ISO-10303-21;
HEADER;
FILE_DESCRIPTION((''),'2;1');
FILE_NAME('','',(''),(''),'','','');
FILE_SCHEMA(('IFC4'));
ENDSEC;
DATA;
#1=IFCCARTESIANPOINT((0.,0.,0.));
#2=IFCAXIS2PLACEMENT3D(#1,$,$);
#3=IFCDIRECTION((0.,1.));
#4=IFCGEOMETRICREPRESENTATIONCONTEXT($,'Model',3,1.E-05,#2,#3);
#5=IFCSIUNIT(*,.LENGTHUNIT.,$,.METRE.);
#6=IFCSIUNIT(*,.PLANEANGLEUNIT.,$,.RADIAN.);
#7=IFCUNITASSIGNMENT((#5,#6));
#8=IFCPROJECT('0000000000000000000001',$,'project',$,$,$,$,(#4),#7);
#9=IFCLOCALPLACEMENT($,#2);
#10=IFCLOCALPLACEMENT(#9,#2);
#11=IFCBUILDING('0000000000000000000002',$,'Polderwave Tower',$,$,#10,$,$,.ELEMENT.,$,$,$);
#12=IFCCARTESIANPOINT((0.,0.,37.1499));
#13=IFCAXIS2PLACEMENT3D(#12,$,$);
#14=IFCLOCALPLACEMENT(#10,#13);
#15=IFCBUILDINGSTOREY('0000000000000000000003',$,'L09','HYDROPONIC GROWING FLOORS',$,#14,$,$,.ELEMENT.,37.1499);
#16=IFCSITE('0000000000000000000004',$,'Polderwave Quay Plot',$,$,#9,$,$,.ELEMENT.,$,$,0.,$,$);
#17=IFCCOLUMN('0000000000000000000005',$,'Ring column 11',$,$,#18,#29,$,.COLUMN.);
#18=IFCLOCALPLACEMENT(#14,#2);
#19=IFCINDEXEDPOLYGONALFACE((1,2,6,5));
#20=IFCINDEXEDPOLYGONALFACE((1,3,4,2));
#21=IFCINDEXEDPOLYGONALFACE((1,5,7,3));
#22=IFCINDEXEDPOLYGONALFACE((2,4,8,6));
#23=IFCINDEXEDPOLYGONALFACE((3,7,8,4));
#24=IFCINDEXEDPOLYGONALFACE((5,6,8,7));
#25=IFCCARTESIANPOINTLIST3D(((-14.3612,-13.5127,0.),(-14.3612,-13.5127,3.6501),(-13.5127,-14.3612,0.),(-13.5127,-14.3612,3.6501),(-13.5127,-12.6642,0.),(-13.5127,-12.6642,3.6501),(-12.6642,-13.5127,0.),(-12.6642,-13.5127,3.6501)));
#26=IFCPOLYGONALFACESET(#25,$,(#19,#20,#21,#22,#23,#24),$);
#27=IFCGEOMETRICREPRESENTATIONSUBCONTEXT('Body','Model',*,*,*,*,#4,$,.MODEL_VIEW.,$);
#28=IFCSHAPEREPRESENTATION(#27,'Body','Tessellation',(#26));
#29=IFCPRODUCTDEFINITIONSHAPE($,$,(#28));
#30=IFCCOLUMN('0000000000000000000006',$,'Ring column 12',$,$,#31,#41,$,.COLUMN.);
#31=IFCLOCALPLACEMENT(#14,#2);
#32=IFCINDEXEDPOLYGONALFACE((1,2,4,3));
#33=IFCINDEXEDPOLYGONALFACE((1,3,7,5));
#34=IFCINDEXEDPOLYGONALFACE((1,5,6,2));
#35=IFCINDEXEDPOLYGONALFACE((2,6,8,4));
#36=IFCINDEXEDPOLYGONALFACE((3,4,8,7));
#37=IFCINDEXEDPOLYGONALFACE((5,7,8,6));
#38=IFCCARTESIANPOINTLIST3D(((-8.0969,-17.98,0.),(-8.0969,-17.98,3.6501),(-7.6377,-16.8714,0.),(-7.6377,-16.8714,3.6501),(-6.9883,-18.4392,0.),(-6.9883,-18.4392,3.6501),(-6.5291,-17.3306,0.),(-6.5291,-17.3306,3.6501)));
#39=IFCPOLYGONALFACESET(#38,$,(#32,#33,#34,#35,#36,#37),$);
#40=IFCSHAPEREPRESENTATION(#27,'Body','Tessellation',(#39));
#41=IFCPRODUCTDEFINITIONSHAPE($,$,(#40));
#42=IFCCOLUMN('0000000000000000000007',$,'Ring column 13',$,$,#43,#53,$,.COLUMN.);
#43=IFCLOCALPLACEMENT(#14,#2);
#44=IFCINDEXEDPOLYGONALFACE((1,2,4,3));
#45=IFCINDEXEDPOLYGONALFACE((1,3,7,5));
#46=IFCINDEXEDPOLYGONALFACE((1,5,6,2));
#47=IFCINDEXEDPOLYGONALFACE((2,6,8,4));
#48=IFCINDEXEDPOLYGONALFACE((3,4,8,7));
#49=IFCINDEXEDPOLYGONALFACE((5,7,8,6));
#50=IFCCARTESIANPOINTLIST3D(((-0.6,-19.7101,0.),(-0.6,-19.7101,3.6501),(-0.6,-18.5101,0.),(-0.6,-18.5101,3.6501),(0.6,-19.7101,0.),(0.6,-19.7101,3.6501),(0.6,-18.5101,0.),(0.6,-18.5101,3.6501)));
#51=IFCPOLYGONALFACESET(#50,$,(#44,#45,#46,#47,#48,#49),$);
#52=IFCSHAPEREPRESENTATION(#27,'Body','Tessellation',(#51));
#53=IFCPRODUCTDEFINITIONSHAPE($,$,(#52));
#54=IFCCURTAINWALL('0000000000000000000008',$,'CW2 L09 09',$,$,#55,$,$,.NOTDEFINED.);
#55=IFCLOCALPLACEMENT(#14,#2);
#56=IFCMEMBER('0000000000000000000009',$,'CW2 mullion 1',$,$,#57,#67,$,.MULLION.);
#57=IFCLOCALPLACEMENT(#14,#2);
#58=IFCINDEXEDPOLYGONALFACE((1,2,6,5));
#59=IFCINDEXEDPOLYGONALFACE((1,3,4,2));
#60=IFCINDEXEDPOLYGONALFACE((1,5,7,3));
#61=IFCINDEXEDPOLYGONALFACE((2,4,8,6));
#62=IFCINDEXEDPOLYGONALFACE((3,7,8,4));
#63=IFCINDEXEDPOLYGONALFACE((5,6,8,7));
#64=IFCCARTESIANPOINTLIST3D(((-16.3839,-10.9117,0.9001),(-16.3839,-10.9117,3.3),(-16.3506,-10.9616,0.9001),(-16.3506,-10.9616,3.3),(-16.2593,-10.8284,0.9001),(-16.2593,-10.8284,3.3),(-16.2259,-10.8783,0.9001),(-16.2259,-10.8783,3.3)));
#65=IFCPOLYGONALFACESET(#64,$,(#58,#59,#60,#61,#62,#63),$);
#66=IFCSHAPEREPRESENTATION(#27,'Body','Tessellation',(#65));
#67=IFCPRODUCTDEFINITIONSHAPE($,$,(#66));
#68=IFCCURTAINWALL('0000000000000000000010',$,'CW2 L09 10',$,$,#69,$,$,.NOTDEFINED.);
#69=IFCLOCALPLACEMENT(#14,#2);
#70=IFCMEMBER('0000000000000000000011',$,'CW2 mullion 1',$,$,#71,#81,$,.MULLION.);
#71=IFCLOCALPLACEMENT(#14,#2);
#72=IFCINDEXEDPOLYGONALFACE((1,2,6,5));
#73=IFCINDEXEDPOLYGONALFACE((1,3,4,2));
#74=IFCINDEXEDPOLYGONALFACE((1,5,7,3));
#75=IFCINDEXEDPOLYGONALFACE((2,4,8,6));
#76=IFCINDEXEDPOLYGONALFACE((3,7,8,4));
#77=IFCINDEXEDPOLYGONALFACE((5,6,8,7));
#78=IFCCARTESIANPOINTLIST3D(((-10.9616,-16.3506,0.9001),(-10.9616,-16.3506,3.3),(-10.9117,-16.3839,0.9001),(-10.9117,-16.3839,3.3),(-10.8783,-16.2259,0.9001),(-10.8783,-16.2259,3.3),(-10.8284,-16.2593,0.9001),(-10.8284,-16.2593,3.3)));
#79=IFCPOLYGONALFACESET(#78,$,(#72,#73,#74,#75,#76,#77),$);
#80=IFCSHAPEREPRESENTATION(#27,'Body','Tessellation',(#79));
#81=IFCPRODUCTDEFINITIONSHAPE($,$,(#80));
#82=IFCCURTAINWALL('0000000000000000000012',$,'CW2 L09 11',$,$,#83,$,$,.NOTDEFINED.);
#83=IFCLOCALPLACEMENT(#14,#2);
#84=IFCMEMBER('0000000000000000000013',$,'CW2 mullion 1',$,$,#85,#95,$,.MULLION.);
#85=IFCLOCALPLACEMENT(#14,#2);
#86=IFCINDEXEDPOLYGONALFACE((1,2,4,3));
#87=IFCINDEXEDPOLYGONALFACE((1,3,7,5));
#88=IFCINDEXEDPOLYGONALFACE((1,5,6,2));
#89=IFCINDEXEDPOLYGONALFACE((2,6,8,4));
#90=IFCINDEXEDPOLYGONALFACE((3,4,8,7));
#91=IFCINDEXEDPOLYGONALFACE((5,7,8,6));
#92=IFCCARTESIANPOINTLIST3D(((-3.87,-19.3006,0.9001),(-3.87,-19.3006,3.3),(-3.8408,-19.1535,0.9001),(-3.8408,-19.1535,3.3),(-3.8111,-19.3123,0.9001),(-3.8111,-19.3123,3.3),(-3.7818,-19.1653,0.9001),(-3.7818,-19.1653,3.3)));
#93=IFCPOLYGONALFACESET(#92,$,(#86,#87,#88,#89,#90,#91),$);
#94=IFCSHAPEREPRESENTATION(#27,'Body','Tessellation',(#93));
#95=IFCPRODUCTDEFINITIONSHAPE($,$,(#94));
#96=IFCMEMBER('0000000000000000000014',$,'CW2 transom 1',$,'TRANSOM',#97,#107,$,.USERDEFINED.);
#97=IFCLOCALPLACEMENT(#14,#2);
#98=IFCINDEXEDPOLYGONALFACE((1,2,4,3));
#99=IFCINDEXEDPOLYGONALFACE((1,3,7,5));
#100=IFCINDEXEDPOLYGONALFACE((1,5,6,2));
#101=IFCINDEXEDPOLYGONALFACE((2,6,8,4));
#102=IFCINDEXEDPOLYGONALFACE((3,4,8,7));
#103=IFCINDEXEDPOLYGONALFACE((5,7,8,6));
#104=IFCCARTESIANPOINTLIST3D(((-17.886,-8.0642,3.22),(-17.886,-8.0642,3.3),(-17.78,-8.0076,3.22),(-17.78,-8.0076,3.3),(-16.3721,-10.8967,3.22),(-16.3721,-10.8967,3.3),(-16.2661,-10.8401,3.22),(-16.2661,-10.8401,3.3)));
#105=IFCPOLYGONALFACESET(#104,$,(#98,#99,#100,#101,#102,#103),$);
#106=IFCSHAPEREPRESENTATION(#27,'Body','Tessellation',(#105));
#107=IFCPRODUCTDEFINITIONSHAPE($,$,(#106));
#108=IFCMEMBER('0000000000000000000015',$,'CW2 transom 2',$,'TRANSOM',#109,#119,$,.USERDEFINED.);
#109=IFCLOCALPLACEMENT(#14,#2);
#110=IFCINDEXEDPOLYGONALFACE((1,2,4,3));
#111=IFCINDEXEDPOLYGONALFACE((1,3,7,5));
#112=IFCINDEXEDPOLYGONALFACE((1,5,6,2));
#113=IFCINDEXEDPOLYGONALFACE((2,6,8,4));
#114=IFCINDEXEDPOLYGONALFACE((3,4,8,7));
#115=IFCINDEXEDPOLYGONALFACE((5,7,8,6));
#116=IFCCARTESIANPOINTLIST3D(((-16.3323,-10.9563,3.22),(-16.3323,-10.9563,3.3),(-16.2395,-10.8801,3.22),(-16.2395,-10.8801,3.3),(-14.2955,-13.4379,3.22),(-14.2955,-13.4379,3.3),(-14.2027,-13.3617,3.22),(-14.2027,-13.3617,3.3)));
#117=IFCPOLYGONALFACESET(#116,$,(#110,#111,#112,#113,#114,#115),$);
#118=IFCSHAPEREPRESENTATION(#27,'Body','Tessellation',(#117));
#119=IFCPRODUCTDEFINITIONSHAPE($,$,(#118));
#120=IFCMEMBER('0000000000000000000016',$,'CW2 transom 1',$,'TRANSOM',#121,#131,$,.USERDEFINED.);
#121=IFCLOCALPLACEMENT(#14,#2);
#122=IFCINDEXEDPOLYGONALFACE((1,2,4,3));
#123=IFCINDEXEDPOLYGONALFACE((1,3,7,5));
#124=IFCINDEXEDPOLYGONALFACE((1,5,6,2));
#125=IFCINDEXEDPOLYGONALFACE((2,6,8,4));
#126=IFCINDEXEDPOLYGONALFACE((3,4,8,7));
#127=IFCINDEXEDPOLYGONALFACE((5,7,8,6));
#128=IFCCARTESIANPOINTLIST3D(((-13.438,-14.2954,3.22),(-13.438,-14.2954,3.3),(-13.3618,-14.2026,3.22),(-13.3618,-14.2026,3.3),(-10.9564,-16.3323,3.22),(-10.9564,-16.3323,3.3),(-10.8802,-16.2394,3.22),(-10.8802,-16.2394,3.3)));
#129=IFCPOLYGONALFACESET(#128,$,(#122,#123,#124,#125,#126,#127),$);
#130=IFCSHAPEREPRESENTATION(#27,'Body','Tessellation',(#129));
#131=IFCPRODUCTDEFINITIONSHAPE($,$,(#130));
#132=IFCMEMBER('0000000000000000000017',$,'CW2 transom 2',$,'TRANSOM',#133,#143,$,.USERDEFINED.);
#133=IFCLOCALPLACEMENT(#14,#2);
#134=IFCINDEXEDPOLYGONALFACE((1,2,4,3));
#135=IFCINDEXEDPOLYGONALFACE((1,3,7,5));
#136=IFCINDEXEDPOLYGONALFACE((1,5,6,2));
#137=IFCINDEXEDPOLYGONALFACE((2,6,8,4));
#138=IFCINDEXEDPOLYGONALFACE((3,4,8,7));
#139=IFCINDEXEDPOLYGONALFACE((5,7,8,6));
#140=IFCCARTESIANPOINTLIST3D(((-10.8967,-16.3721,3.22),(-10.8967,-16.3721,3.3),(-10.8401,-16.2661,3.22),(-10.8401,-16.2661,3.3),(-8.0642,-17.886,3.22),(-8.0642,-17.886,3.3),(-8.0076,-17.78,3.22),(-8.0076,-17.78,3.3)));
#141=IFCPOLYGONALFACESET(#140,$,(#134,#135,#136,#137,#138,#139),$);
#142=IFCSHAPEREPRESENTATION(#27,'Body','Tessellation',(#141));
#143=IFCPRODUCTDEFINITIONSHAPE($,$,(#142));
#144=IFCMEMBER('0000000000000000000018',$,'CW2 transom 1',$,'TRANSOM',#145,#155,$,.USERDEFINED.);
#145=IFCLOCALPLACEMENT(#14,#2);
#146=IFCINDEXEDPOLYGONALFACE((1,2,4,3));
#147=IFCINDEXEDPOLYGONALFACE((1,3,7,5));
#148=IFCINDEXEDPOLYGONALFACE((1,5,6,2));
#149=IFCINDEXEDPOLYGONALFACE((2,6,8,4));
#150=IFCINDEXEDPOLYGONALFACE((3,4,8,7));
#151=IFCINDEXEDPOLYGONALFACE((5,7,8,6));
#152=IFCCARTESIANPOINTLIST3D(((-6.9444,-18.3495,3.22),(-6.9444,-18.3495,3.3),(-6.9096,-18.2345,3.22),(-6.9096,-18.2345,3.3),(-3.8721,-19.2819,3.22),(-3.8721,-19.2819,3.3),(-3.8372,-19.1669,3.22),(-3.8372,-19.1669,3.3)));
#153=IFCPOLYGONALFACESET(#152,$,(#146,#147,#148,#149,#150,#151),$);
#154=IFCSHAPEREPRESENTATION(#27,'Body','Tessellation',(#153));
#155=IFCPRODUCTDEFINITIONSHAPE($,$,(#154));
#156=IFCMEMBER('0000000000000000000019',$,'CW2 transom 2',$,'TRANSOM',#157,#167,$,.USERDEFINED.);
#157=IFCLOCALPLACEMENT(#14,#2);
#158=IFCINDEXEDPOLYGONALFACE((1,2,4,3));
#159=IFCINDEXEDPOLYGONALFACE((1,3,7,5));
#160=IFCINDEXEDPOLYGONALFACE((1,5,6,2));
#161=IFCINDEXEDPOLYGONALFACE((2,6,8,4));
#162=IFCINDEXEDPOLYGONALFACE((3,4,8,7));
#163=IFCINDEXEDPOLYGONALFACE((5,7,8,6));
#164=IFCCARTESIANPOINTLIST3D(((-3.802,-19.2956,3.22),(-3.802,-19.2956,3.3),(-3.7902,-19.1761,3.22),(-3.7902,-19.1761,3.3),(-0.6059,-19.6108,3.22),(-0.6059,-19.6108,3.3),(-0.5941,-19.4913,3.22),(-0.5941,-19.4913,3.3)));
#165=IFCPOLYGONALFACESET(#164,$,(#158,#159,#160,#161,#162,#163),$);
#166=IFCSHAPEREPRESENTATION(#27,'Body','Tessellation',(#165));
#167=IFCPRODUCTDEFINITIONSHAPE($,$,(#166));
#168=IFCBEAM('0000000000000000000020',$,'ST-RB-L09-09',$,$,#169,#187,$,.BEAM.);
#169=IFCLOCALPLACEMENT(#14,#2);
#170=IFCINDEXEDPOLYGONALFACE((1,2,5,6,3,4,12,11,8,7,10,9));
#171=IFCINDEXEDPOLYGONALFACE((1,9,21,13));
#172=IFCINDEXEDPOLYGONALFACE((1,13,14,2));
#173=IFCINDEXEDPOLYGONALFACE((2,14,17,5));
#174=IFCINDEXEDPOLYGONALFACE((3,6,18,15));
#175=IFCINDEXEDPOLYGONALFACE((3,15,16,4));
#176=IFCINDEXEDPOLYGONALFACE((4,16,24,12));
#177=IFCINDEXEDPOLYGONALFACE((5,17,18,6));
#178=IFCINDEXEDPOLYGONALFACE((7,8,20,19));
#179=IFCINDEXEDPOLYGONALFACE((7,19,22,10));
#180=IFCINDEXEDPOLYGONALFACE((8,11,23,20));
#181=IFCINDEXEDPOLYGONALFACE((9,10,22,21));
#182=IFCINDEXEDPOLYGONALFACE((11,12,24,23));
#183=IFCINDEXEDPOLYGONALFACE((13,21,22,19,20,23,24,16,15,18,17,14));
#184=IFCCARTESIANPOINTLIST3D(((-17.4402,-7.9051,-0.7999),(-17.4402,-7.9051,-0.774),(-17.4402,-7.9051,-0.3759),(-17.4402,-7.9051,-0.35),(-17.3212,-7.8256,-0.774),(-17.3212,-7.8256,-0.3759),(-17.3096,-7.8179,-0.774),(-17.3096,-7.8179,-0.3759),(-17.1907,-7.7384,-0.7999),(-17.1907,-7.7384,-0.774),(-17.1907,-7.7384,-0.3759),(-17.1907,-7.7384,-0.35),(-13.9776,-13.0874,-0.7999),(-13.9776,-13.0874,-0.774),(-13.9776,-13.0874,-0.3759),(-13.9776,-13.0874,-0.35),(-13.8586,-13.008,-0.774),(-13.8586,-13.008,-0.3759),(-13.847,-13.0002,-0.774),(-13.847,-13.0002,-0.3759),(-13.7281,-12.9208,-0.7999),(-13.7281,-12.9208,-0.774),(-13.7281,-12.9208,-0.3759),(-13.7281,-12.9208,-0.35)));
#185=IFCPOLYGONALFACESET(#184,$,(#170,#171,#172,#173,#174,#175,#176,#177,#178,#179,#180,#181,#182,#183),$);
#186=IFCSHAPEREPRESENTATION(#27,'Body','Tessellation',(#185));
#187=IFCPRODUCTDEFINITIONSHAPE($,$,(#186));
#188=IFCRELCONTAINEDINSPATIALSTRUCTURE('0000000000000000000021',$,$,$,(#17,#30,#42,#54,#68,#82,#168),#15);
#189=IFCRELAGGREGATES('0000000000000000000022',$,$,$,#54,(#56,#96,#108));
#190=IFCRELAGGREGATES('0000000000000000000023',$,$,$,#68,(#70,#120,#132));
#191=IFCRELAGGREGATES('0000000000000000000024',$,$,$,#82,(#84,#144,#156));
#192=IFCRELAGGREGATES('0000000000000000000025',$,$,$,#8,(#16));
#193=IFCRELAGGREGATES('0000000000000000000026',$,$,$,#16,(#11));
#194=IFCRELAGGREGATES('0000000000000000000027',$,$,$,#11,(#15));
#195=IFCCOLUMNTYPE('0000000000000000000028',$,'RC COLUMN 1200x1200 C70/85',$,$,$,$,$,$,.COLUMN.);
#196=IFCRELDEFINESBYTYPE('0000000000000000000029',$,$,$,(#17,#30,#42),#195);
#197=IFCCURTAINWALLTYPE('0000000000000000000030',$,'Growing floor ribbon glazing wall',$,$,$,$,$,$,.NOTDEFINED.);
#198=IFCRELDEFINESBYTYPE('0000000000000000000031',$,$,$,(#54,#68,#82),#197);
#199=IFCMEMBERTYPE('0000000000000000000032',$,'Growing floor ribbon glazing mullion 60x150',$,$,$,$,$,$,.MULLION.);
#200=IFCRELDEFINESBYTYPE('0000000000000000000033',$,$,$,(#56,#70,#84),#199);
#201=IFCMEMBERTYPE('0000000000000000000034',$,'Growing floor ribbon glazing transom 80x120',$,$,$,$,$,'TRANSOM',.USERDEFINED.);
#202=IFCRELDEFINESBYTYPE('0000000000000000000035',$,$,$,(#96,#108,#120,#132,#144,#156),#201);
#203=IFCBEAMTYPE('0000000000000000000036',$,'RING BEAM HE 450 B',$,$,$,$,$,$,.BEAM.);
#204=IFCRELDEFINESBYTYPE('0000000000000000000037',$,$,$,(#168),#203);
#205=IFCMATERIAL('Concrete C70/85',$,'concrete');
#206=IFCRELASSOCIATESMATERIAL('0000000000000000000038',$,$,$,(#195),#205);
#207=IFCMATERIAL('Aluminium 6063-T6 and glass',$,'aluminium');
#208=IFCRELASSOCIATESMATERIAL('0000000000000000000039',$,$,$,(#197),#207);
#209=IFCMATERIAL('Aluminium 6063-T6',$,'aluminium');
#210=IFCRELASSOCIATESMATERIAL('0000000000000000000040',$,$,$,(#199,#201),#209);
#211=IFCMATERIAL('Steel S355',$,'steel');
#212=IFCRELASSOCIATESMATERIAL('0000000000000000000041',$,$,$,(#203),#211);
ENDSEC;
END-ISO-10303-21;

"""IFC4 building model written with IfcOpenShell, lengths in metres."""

from ifc_helpers import new_model, si_unit, direction, frame, origin, origin_2d, place, context, subcontext, project, spatial, rectangle, i_section, extrude, material, material_profile, profile_set, type_object, element, aggregate, save


model = new_model("IFC4")

# Units and contexts
model_context = context("Model", 3, precision=1e-05, world=origin(), true_north=direction((0.0, 1.0)))
body_context = subcontext(model_context, "Body", "Model", "MODEL_VIEW")
ifc_project = project(units=[si_unit("LENGTHUNIT", "METRE"), si_unit("PLANEANGLEUNIT", "RADIAN")], contexts=[model_context])

# Site, building, storey
site_placement = place(None, origin())
site = spatial("IfcSite", under=ifc_project, at=site_placement, Name="Polderwave Quay Plot", CompositionType="ELEMENT", RefElevation=0.0)
building_placement = place(site_placement, origin())
building = spatial("IfcBuilding", under=site, at=building_placement, Name="Polderwave Tower", CompositionType="ELEMENT")
storey_placement = place(building_placement, frame((0.0, 0.0, 37.1499)))
storey = spatial("IfcBuildingStorey", under=building, at=storey_placement, Name="L09", Description="HYDROPONIC GROWING FLOORS", CompositionType="ELEMENT", Elevation=37.1499)

# Columns
ifc_material_1 = material(Name="Concrete C70/85", Category="concrete")
ifc_material_profile_1 = material_profile(ifc_material_1, rectangle(XDim=1.2, YDim=1.2, at=origin_2d()), Name="RC 1200x1200")
ifc_profile_set_1 = profile_set([ifc_material_profile_1], Name="Concrete C70/85")
column_type = type_object("IfcColumnType", Name="RC COLUMN 1200x1200 C70/85", PredefinedType="COLUMN", material=ifc_profile_set_1)
for number, where, z_axis, x_axis, name in (
    (1, (-13.5127, -13.5127, 0.0), (0.0, 0.0, 1.0), (-0.707107, -0.707107, 0.0), "Ring column 11"),
    (2, (-7.313, -17.6553, 0.0), (0.0, 0.0, 1.0), (-0.382683, -0.92388, 0.0), "Ring column 12"),
    (3, (0.0, -19.1101, 0.0), (0.0, 0.0, 1.0), (0.0, -1.0, 0.0), "Ring column 13"),
):
    element("IfcColumn", number, at=place(storey_placement, frame(where, z_axis=z_axis, x_axis=x_axis)), inside=storey, type_object=column_type, Name=name, PredefinedType="COLUMN", context=body_context, shape_type="SweptSolid", body=[
        extrude(rectangle(XDim=1.2, YDim=1.2, at=origin_2d()), origin(), (0.0, 0.0, 1.0), 3.6501),
    ])

# Curtain walls, members
ifc_material_2 = material(Name="Aluminium 6063-T6 and glass", Category="aluminium")
curtain_wall_type = type_object("IfcCurtainWallType", Name="Growing floor ribbon glazing wall", PredefinedType="NOTDEFINED", material=ifc_material_2)
curtain_wall_1_placement = place(storey_placement, origin())
curtain_wall_1 = element("IfcCurtainWall", 4, at=curtain_wall_1_placement, inside=storey, type_object=curtain_wall_type, Name="CW2 L09 09", PredefinedType="NOTDEFINED")
ifc_material_3 = material(Name="Aluminium 6063-T6", Category="aluminium")
ifc_material_profile_2 = material_profile(ifc_material_3, rectangle(XDim=0.1499, YDim=0.0601, at=origin_2d()), Name="AL 60x150")
ifc_profile_set_2 = profile_set([ifc_material_profile_2], Name="Aluminium 6063-T6")
member_type_1 = type_object("IfcMemberType", Name="Growing floor ribbon glazing mullion 60x150", PredefinedType="MULLION", material=ifc_profile_set_2)
member_1_placement = place(storey_placement, frame((-16.3049, -10.895, 0.9001), z_axis=(0.0, 0.0, 1.0), x_axis=(0.831469, 0.555572, 0.0)))
member_1 = element("IfcMember", 5, at=member_1_placement, type_object=member_type_1, Name="CW2 mullion 1", PredefinedType="MULLION", context=body_context, shape_type="SweptSolid", body=[
    extrude(rectangle(XDim=0.1499, YDim=0.0601, at=origin_2d()), origin(), (0.0, 0.0, 1.0), 2.3999),
])
curtain_wall_2_placement = place(storey_placement, origin())
curtain_wall_2 = element("IfcCurtainWall", 6, at=curtain_wall_2_placement, inside=storey, type_object=curtain_wall_type, Name="CW2 L09 10", PredefinedType="NOTDEFINED")
member_2_placement = place(storey_placement, frame((-10.895, -16.3049, 0.9001), z_axis=(0.0, 0.0, 1.0), x_axis=(0.555572, 0.831469, 0.0)))
member_2 = element("IfcMember", 7, at=member_2_placement, type_object=member_type_1, Name="CW2 mullion 1", PredefinedType="MULLION", context=body_context, shape_type="SweptSolid", body=[
    extrude(rectangle(XDim=0.1499, YDim=0.0601, at=origin_2d()), origin(), (0.0, 0.0, 1.0), 2.3999),
])
curtain_wall_3_placement = place(storey_placement, origin())
curtain_wall_3 = element("IfcCurtainWall", 8, at=curtain_wall_3_placement, inside=storey, type_object=curtain_wall_type, Name="CW2 L09 11", PredefinedType="NOTDEFINED")
member_3_placement = place(storey_placement, frame((-3.8259, -19.2329, 0.9001), z_axis=(0.0, 0.0, 1.0), x_axis=(0.195178, 0.980768, 0.0)))
member_3 = element("IfcMember", 9, at=member_3_placement, type_object=member_type_1, Name="CW2 mullion 1", PredefinedType="MULLION", context=body_context, shape_type="SweptSolid", body=[
    extrude(rectangle(XDim=0.1499, YDim=0.0601, at=origin_2d()), origin(), (0.0, 0.0, 1.0), 2.3999),
])

# Members
ifc_material_profile_3 = material_profile(ifc_material_3, rectangle(XDim=0.1201, YDim=0.0801, at=origin_2d()), Name="AL 80x120")
ifc_profile_set_3 = profile_set([ifc_material_profile_3], Name="Aluminium 6063-T6")
member_type_2 = type_object("IfcMemberType", Name="Growing floor ribbon glazing transom 80x120", ElementType="TRANSOM", PredefinedType="USERDEFINED", material=ifc_profile_set_3)
member_4_placement = place(storey_placement, frame((-17.833, -8.0359, 3.26), z_axis=(0.471373, -0.881934, 0.0), x_axis=(0.881934, 0.471373, 0.0)))
member_4 = element("IfcMember", 10, at=member_4_placement, type_object=member_type_2, Name="CW2 transom 1", ObjectType="TRANSOM", PredefinedType="USERDEFINED", context=body_context, shape_type="SweptSolid", body=[
    extrude(rectangle(XDim=0.1201, YDim=0.0801, at=origin_2d()), origin(), (0.0, 0.0, 1.0), 3.2117),
])
member_5_placement = place(storey_placement, frame((-16.2859, -10.9182, 3.26), z_axis=(0.63443, -0.772981, 0.0), x_axis=(0.772981, 0.63443, 0.0)))
member_5 = element("IfcMember", 11, at=member_5_placement, type_object=member_type_2, Name="CW2 transom 2", ObjectType="TRANSOM", PredefinedType="USERDEFINED", context=body_context, shape_type="SweptSolid", body=[
    extrude(rectangle(XDim=0.1201, YDim=0.0801, at=origin_2d()), origin(), (0.0, 0.0, 1.0), 3.2104),
])
member_6_placement = place(storey_placement, frame((-13.3999, -14.249, 3.26), z_axis=(0.772981, -0.63443, 0.0), x_axis=(0.63443, 0.772981, 0.0)))
member_6 = element("IfcMember", 12, at=member_6_placement, type_object=member_type_2, Name="CW2 transom 1", ObjectType="TRANSOM", PredefinedType="USERDEFINED", context=body_context, shape_type="SweptSolid", body=[
    extrude(rectangle(XDim=0.1201, YDim=0.0801, at=origin_2d()), origin(), (0.0, 0.0, 1.0), 3.2104),
])
member_7_placement = place(storey_placement, frame((-10.8684, -16.3191, 3.26), z_axis=(0.881934, -0.471373, 0.0), x_axis=(0.471373, 0.881934, 0.0)))
member_7 = element("IfcMember", 13, at=member_7_placement, type_object=member_type_2, Name="CW2 transom 2", ObjectType="TRANSOM", PredefinedType="USERDEFINED", context=body_context, shape_type="SweptSolid", body=[
    extrude(rectangle(XDim=0.1201, YDim=0.0801, at=origin_2d()), origin(), (0.0, 0.0, 1.0), 3.2117),
])
member_8_placement = place(storey_placement, frame((-6.927, -18.292, 3.26), z_axis=(0.956905, -0.290402, 0.0), x_axis=(0.290402, 0.956905, 0.0)))
member_8 = element("IfcMember", 14, at=member_8_placement, type_object=member_type_2, Name="CW2 transom 1", ObjectType="TRANSOM", PredefinedType="USERDEFINED", context=body_context, shape_type="SweptSolid", body=[
    extrude(rectangle(XDim=0.1201, YDim=0.0801, at=origin_2d()), origin(), (0.0, 0.0, 1.0), 3.2107),
])
member_9_placement = place(storey_placement, frame((-3.7961, -19.2358, 3.26), z_axis=(0.995172, -0.098141, 0.0), x_axis=(0.098141, 0.995172, 0.0)))
member_9 = element("IfcMember", 15, at=member_9_placement, type_object=member_type_2, Name="CW2 transom 2", ObjectType="TRANSOM", PredefinedType="USERDEFINED", context=body_context, shape_type="SweptSolid", body=[
    extrude(rectangle(XDim=0.1201, YDim=0.0801, at=origin_2d()), origin(), (0.0, 0.0, 1.0), 3.2117),
])

# Beam
ifc_material_4 = material(Name="Steel S355", Category="steel")
ifc_material_profile_4 = material_profile(ifc_material_4, i_section(OverallWidth=0.3, OverallDepth=0.45, WebThickness=0.0139, FlangeThickness=0.0259, at=origin_2d()), Name="HE 450 B")
ifc_profile_set_4 = profile_set([ifc_material_profile_4], Name="Steel S355")
beam_type = type_object("IfcBeamType", Name="RING BEAM HE 450 B", PredefinedType="BEAM", material=ifc_profile_set_4)
for number, where, z_axis, x_axis, name in (
    (16, (-17.3154, -7.8218, -0.575), (0.555559, -0.831477, 0.0), (0.831477, 0.555559, 0.0), "ST-RB-L09-09"),
):
    element("IfcBeam", number, at=place(storey_placement, frame(where, z_axis=z_axis, x_axis=x_axis)), inside=storey, type_object=beam_type, Name=name, PredefinedType="BEAM", context=body_context, shape_type="SweptSolid", body=[
        extrude(i_section(OverallWidth=0.3, OverallDepth=0.45, WebThickness=0.0139, FlangeThickness=0.0259, at=origin_2d()), origin(), (0.0, 0.0, 1.0), 6.2327),
    ])

aggregate(curtain_wall_1, [member_1, member_4, member_5])
aggregate(curtain_wall_2, [member_2, member_6, member_7])
aggregate(curtain_wall_3, [member_3, member_8, member_9])

save(model, "model.ifc")
